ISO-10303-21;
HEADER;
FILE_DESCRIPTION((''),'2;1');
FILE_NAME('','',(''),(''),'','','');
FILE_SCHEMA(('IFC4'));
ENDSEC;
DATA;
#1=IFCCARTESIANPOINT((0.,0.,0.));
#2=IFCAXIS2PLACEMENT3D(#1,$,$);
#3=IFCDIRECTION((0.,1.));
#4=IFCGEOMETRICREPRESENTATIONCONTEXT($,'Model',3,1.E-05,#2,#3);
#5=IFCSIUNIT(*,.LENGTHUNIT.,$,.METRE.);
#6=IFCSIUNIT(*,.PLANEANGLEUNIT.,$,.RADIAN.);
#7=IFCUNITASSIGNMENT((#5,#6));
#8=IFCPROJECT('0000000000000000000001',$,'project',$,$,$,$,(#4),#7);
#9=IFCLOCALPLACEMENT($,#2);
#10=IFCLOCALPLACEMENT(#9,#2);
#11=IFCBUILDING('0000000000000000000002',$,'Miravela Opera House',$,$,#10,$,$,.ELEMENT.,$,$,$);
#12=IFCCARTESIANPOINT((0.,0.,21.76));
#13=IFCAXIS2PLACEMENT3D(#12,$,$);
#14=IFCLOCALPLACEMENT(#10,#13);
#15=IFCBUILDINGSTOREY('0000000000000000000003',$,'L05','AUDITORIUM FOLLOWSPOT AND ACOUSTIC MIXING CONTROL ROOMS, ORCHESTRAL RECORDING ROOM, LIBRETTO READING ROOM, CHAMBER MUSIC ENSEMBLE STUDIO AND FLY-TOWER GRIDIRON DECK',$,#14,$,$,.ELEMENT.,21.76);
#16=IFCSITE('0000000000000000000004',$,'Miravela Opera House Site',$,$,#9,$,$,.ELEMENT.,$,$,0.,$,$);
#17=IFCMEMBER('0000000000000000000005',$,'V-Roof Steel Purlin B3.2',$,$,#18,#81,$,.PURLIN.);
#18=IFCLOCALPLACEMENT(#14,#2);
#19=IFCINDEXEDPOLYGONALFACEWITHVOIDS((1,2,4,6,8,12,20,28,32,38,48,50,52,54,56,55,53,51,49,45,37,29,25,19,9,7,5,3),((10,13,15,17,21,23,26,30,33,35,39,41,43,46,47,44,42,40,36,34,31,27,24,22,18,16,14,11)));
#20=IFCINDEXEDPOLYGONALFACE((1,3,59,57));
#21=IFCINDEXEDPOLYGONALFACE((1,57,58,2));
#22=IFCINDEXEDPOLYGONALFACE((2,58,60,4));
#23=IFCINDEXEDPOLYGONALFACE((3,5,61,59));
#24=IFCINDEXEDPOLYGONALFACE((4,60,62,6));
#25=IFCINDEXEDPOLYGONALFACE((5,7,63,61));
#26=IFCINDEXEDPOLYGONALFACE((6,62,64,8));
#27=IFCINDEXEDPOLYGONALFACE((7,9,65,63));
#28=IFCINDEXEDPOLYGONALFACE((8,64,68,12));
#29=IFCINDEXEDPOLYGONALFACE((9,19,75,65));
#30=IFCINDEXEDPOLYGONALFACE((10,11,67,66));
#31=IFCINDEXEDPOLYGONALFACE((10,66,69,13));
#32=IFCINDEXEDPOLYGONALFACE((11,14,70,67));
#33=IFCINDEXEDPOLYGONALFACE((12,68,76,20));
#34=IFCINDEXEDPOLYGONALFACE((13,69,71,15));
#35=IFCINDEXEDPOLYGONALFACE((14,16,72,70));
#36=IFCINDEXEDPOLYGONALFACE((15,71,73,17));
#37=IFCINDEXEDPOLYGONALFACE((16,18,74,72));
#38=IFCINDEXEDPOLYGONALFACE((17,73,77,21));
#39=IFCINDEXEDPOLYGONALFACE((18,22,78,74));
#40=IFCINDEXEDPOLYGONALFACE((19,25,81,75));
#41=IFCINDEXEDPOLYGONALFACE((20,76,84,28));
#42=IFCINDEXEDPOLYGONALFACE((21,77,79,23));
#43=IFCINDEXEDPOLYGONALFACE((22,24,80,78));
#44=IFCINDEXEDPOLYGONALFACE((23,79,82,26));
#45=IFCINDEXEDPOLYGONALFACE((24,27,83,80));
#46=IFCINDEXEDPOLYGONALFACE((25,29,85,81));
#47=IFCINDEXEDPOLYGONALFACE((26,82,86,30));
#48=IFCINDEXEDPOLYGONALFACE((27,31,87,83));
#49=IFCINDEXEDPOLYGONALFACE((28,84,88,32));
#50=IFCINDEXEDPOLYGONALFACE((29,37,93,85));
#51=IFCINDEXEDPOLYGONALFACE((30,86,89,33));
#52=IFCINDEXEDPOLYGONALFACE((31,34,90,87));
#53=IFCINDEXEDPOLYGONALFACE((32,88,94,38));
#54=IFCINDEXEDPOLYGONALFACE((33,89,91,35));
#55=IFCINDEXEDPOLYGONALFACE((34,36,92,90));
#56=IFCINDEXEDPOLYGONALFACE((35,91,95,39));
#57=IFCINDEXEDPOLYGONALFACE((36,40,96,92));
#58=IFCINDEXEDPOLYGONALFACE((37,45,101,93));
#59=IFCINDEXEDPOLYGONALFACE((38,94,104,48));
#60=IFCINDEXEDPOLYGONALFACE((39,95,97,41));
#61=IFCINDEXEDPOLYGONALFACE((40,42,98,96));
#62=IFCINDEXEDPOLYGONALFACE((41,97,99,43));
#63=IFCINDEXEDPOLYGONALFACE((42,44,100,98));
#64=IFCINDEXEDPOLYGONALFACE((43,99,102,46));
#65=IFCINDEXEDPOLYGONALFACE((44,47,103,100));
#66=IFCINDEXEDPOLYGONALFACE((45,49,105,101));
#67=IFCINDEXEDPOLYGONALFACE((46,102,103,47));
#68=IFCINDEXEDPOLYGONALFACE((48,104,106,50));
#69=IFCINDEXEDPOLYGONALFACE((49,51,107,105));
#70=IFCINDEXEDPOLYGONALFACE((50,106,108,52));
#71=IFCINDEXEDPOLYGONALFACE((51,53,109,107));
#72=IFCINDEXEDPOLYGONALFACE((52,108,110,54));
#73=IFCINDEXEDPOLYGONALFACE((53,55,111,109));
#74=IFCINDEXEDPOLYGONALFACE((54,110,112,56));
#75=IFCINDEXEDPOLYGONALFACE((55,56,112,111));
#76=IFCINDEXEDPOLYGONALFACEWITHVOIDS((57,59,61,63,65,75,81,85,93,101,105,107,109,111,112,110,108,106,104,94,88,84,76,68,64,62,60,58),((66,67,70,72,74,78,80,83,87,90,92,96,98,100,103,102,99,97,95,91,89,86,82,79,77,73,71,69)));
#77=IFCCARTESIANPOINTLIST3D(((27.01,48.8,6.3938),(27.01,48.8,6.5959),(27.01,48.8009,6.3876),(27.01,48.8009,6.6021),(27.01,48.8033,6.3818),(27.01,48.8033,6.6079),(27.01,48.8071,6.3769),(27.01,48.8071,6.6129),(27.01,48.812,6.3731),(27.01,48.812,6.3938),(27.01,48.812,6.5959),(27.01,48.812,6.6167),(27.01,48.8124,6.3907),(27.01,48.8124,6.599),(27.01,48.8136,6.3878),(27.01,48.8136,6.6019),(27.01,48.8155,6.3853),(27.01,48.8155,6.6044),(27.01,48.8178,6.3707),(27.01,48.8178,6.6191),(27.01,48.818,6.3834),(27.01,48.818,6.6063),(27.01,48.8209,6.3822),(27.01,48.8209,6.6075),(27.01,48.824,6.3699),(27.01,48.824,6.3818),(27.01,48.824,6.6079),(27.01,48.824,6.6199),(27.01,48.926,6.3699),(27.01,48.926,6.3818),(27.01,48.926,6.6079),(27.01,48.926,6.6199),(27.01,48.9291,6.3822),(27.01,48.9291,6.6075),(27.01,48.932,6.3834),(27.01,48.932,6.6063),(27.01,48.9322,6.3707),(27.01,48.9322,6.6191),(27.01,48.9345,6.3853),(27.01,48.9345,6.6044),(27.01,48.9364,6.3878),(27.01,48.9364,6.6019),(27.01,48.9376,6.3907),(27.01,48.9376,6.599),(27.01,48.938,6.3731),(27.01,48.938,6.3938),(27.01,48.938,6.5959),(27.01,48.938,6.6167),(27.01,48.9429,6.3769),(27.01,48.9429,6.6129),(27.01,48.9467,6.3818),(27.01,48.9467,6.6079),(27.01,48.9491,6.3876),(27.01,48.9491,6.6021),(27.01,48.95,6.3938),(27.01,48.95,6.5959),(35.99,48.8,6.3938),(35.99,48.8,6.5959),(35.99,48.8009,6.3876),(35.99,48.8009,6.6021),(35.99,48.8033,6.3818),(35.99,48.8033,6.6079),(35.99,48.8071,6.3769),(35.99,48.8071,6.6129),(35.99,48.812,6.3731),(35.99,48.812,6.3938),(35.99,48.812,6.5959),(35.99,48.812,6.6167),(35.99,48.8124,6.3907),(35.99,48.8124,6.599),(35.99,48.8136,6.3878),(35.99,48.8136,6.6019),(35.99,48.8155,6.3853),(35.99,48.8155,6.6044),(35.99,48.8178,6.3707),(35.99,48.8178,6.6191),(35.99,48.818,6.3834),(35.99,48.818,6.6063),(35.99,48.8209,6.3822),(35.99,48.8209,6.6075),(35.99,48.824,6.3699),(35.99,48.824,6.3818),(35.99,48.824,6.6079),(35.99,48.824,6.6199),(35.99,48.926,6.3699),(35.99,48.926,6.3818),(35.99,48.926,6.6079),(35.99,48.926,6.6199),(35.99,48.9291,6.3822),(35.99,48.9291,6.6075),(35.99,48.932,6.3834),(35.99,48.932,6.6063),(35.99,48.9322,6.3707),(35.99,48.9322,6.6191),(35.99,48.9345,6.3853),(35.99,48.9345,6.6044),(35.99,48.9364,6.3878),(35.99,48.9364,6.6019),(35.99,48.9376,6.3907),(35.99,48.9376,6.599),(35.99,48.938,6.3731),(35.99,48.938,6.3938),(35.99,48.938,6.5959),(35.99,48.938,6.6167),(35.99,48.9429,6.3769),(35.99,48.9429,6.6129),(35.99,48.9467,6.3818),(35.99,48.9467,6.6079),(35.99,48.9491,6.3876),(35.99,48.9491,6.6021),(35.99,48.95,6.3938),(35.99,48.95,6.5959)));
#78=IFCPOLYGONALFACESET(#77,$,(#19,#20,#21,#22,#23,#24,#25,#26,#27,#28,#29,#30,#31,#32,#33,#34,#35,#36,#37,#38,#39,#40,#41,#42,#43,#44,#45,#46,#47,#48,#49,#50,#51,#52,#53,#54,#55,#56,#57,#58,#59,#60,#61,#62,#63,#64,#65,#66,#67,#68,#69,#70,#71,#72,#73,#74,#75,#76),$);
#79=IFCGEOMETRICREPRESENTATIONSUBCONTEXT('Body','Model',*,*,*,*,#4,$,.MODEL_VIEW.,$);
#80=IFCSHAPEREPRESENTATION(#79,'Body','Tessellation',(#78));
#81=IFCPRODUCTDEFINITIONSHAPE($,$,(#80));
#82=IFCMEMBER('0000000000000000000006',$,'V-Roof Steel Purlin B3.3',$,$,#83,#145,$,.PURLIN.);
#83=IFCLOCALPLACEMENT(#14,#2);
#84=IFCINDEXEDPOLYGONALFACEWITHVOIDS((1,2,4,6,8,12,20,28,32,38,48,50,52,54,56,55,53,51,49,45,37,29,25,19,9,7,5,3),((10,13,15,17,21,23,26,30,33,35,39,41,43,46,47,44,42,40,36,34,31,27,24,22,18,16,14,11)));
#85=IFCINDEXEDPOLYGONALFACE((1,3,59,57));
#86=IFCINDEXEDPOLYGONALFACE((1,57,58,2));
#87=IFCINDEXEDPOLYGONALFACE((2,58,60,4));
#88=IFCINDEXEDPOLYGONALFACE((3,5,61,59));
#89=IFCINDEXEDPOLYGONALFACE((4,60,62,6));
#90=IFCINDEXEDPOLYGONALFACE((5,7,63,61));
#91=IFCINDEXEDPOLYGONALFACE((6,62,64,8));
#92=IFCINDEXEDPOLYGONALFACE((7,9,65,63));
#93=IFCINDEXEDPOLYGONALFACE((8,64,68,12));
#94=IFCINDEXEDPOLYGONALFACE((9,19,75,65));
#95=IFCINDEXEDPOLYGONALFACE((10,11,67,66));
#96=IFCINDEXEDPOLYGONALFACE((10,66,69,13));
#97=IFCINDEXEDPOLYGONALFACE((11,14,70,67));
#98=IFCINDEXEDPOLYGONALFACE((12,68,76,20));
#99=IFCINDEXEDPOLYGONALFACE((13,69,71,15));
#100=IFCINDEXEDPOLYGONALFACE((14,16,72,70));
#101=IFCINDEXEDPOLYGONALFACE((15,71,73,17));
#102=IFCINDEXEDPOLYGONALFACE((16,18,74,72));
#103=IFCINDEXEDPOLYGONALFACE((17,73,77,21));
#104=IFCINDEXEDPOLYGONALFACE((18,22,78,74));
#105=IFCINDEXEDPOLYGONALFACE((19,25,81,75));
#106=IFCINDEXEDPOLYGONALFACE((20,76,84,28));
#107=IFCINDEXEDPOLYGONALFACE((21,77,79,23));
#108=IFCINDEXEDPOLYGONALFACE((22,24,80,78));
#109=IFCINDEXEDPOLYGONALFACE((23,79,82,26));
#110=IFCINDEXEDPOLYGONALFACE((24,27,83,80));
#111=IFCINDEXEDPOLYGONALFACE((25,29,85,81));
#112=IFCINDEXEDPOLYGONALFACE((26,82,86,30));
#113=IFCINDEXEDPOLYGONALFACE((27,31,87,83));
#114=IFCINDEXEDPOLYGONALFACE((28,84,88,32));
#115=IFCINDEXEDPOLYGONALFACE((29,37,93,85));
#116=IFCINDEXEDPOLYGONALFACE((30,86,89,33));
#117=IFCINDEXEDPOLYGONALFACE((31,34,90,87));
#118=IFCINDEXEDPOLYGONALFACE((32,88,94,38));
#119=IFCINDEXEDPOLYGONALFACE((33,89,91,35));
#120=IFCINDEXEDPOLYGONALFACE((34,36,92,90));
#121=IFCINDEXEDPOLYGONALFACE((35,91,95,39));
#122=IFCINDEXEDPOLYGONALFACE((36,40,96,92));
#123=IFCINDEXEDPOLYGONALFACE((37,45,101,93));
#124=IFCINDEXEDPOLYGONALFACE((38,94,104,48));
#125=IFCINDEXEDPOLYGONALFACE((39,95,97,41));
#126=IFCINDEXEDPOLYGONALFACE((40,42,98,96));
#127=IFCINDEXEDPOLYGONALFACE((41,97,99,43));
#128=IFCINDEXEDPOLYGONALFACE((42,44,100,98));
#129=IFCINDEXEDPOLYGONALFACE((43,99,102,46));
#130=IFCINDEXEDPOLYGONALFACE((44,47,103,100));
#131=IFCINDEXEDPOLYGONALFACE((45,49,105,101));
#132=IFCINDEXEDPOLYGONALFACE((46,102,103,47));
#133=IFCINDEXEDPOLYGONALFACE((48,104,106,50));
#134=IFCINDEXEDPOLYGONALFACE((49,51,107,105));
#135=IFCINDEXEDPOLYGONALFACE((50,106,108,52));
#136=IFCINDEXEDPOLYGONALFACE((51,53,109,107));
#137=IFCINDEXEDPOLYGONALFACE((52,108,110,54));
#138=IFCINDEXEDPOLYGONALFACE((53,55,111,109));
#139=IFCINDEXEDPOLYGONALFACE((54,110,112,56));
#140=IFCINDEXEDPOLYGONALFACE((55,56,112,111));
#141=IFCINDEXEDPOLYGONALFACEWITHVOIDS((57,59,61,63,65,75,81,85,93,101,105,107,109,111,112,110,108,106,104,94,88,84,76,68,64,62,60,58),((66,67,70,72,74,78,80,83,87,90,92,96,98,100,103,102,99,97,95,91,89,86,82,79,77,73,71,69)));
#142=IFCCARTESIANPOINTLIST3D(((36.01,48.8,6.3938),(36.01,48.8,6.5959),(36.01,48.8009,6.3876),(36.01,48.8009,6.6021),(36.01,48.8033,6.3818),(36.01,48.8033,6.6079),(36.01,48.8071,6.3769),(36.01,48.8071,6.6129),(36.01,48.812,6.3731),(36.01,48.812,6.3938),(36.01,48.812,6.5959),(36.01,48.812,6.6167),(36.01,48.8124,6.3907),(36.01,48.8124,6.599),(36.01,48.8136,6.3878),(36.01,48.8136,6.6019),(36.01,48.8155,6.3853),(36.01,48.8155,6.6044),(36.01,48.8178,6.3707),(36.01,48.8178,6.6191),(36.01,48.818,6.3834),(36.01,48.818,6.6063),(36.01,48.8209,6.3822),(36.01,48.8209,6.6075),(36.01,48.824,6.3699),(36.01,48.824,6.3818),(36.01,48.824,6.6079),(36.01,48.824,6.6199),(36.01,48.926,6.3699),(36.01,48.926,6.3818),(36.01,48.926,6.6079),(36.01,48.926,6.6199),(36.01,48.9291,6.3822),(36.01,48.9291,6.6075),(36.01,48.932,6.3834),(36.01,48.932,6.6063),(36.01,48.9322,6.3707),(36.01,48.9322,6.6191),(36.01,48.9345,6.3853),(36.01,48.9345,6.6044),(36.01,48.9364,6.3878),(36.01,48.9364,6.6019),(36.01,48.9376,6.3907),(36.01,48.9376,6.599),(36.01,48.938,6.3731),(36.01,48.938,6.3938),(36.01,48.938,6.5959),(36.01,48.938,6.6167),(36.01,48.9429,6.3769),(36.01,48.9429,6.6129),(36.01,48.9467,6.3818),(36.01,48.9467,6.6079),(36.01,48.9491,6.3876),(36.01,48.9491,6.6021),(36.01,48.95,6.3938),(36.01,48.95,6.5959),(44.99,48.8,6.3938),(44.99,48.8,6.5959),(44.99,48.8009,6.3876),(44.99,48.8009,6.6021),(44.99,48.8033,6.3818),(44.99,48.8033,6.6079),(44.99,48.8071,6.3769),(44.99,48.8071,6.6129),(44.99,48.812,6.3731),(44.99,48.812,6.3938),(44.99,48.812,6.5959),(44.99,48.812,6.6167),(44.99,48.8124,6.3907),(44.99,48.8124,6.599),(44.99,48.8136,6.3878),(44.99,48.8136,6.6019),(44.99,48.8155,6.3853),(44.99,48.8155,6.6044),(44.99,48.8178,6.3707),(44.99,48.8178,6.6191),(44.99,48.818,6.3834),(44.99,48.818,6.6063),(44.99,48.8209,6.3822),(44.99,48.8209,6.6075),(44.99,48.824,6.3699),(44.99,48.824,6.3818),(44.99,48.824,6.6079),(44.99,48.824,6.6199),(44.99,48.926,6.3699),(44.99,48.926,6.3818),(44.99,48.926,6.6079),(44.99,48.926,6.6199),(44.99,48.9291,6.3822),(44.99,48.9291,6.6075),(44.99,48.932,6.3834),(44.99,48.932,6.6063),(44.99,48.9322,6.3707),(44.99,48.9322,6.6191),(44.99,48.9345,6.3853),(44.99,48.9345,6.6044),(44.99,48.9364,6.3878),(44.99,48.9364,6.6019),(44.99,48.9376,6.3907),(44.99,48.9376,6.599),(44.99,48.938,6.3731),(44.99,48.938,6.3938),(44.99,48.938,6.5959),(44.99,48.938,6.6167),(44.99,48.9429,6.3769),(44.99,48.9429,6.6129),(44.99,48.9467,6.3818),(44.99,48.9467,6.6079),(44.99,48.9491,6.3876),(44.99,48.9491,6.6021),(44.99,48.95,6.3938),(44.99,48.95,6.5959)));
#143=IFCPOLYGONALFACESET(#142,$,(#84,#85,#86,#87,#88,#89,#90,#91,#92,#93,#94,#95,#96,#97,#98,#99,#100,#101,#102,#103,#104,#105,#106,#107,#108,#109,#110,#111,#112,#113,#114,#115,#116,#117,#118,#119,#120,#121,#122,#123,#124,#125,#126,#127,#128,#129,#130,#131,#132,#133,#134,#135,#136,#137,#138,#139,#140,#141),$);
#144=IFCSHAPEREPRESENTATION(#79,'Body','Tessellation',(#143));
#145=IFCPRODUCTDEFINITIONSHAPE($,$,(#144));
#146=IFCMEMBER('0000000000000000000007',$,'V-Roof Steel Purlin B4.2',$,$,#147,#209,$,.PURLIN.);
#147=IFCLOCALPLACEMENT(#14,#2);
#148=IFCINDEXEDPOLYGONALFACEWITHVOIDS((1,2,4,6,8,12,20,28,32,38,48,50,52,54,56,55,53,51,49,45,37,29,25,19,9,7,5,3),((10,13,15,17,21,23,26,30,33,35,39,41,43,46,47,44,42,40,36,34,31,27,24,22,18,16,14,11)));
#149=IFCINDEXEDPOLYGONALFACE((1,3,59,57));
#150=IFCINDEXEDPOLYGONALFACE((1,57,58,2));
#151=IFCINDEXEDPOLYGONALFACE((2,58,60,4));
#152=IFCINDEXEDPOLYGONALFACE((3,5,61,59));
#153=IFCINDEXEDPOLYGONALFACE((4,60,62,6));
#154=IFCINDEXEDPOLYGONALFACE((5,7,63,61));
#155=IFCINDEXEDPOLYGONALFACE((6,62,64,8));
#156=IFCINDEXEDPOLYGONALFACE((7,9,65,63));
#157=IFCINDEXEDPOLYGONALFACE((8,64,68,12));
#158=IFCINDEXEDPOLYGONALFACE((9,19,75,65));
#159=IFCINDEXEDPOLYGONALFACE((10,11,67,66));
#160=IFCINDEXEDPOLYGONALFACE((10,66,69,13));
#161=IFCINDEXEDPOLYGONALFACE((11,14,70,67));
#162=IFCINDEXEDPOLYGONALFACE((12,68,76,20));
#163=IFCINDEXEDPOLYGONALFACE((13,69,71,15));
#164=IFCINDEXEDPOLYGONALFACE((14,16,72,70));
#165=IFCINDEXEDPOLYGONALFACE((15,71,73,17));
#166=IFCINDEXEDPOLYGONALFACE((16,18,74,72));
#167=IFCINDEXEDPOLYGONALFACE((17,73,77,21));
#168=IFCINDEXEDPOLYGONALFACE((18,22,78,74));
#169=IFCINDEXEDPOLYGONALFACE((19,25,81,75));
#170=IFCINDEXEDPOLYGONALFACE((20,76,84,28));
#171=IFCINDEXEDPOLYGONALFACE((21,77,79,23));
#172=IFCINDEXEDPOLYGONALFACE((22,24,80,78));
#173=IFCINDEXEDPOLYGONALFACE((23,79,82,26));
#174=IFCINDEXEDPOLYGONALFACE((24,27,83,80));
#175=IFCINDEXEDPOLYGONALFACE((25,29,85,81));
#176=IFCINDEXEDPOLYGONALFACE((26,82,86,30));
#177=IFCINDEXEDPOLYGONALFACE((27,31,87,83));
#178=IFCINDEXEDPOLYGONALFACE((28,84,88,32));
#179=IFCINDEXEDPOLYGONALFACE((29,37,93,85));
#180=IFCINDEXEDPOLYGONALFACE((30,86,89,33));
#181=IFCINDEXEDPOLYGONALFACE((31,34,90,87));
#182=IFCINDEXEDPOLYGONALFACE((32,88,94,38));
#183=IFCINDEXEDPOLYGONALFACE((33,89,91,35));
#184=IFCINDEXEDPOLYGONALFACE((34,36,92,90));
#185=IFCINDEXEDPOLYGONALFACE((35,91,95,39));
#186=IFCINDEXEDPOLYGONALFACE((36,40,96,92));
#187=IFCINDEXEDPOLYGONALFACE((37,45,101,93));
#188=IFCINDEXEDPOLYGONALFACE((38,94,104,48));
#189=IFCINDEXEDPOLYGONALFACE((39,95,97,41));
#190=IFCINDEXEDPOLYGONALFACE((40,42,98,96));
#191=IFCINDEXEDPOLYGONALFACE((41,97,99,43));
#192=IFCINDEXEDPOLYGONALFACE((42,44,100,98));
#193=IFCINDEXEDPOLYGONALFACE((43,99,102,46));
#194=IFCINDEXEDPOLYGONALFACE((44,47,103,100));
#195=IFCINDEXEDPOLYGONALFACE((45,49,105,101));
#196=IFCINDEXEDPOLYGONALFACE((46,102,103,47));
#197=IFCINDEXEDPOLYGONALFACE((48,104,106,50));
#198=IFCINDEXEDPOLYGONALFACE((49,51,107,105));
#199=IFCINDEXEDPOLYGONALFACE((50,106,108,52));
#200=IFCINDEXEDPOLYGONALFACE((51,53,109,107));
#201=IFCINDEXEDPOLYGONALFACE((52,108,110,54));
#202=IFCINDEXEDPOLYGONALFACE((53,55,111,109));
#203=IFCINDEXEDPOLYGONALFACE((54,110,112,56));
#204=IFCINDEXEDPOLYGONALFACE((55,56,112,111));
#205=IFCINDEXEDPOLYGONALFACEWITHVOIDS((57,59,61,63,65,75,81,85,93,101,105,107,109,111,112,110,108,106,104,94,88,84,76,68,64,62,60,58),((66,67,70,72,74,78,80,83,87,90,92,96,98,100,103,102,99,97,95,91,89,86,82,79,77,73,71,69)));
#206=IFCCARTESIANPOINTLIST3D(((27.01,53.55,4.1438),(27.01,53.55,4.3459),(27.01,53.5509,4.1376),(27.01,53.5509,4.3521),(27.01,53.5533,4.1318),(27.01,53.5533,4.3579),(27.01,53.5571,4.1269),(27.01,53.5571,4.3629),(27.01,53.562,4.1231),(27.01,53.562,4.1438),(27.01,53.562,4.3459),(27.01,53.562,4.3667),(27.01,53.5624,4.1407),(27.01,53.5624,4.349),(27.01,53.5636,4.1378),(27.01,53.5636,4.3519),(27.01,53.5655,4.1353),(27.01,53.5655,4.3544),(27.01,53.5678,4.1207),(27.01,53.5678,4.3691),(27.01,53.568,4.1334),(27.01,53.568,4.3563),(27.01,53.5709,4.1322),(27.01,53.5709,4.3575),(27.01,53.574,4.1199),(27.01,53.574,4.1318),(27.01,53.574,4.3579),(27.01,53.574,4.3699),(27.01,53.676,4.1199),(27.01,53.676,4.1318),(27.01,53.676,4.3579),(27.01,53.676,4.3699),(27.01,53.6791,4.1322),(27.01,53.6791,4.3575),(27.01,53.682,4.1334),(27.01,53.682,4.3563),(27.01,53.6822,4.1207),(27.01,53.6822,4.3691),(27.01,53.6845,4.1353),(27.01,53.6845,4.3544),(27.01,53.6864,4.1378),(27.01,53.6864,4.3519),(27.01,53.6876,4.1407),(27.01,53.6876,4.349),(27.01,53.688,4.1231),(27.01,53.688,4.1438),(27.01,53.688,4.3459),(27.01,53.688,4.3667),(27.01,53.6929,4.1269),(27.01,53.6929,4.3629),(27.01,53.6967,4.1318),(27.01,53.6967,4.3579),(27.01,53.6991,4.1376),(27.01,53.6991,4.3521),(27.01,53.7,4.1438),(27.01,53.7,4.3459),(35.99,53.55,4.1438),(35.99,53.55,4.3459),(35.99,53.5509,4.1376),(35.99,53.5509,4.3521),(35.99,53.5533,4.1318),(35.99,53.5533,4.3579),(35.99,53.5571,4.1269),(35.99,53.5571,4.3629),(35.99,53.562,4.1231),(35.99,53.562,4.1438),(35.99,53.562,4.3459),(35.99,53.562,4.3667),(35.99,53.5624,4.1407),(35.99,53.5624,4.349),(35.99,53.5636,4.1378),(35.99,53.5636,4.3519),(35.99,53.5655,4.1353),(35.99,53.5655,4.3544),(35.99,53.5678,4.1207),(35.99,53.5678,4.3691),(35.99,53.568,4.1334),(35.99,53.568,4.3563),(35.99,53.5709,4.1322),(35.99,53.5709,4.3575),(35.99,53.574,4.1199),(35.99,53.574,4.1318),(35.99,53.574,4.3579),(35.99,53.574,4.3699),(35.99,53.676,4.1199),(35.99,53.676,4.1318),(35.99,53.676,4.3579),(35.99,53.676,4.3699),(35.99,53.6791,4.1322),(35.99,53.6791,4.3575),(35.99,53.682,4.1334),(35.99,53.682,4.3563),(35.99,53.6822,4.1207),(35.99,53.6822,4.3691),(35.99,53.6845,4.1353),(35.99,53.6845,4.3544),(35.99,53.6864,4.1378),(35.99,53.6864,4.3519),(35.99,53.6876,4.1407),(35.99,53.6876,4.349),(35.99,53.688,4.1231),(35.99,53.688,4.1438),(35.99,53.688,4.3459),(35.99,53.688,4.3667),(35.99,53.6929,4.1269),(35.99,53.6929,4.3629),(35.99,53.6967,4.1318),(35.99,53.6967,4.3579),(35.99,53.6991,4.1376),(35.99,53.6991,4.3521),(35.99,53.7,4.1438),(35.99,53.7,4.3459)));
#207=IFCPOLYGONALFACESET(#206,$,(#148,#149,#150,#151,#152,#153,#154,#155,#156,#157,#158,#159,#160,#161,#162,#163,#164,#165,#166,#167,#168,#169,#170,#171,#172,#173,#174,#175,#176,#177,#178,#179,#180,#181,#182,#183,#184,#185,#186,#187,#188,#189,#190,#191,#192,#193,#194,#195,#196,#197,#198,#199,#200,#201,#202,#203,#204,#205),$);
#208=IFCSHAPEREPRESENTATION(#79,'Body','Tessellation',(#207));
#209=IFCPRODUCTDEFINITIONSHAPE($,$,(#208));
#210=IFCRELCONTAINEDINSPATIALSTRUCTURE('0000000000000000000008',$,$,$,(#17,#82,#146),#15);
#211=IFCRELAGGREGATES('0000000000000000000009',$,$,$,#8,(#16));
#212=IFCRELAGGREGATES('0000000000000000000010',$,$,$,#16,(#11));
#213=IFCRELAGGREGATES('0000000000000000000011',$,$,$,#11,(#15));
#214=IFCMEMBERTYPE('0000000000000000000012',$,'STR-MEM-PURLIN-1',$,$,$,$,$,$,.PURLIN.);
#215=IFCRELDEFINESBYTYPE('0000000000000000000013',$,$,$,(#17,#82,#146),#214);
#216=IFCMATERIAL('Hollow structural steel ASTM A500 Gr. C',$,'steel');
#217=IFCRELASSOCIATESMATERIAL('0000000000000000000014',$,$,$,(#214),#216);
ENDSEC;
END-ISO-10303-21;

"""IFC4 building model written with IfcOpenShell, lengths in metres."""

from ifc_helpers import new_model, si_unit, direction, frame, origin, origin_2d, place, context, subcontext, project, spatial, hollow_rectangle, extrude, material, material_profile, profile_set, type_object, element, save


model = new_model("IFC4")

# Units and contexts
model_context = context("Model", 3, precision=1e-05, world=origin(), true_north=direction((0.0, 1.0)))
body_context = subcontext(model_context, "Body", "Model", "MODEL_VIEW")
ifc_project = project(units=[si_unit("LENGTHUNIT", "METRE"), si_unit("PLANEANGLEUNIT", "RADIAN")], contexts=[model_context])

# Site, building, storey
site_placement = place(None, origin())
site = spatial("IfcSite", under=ifc_project, at=site_placement, Name="Miravela Opera House Site", CompositionType="ELEMENT", RefElevation=0.0)
building_placement = place(site_placement, origin())
building = spatial("IfcBuilding", under=site, at=building_placement, Name="Miravela Opera House", CompositionType="ELEMENT")
storey_placement = place(building_placement, frame((0.0, 0.0, 21.76)))
storey = spatial("IfcBuildingStorey", under=building, at=storey_placement, Name="L05", Description="AUDITORIUM FOLLOWSPOT AND ACOUSTIC MIXING CONTROL ROOMS, ORCHESTRAL RECORDING ROOM, LIBRETTO READING ROOM, CHAMBER MUSIC ENSEMBLE STUDIO AND FLY-TOWER GRIDIRON DECK", CompositionType="ELEMENT", Elevation=21.76)

# Members
ifc_material_1 = material(Name="Hollow structural steel ASTM A500 Gr. C", Category="steel")
ifc_material_profile_1 = material_profile(ifc_material_1, hollow_rectangle(XDim=0.1499, YDim=0.25, WallThickness=0.012, InnerFilletRadius=0.012, OuterFilletRadius=0.0239, at=origin_2d()), Name="HSS250X150X12")
ifc_profile_set_1 = profile_set([ifc_material_profile_1])
member_type_1 = type_object("IfcMemberType", Name="STR-MEM-PURLIN-1", PredefinedType="PURLIN", material=ifc_profile_set_1)
for number, where, z_axis, x_axis, name in (
    (1, (27.01, 48.875, 6.4949), (1.0, 0.0, 0.0), (0.0, 1.0, 0.0), "V-Roof Steel Purlin B3.2"),
    (2, (36.01, 48.875, 6.4949), (1.0, 0.0, 0.0), (0.0, 1.0, 0.0), "V-Roof Steel Purlin B3.3"),
    (3, (27.01, 53.625, 4.2449), (1.0, 0.0, 0.0), (0.0, 1.0, 0.0), "V-Roof Steel Purlin B4.2"),
):
    element("IfcMember", number, at=place(storey_placement, frame(where, z_axis=z_axis, x_axis=x_axis)), inside=storey, type_object=member_type_1, Name=name, PredefinedType="PURLIN", context=body_context, shape_type="SweptSolid", body=[
        extrude(hollow_rectangle(XDim=0.1499, YDim=0.25, WallThickness=0.012, InnerFilletRadius=0.012, OuterFilletRadius=0.0239, at=origin_2d()), origin(), (0.0, 0.0, 1.0), 8.98),
    ])

save(model, "model.ifc")
